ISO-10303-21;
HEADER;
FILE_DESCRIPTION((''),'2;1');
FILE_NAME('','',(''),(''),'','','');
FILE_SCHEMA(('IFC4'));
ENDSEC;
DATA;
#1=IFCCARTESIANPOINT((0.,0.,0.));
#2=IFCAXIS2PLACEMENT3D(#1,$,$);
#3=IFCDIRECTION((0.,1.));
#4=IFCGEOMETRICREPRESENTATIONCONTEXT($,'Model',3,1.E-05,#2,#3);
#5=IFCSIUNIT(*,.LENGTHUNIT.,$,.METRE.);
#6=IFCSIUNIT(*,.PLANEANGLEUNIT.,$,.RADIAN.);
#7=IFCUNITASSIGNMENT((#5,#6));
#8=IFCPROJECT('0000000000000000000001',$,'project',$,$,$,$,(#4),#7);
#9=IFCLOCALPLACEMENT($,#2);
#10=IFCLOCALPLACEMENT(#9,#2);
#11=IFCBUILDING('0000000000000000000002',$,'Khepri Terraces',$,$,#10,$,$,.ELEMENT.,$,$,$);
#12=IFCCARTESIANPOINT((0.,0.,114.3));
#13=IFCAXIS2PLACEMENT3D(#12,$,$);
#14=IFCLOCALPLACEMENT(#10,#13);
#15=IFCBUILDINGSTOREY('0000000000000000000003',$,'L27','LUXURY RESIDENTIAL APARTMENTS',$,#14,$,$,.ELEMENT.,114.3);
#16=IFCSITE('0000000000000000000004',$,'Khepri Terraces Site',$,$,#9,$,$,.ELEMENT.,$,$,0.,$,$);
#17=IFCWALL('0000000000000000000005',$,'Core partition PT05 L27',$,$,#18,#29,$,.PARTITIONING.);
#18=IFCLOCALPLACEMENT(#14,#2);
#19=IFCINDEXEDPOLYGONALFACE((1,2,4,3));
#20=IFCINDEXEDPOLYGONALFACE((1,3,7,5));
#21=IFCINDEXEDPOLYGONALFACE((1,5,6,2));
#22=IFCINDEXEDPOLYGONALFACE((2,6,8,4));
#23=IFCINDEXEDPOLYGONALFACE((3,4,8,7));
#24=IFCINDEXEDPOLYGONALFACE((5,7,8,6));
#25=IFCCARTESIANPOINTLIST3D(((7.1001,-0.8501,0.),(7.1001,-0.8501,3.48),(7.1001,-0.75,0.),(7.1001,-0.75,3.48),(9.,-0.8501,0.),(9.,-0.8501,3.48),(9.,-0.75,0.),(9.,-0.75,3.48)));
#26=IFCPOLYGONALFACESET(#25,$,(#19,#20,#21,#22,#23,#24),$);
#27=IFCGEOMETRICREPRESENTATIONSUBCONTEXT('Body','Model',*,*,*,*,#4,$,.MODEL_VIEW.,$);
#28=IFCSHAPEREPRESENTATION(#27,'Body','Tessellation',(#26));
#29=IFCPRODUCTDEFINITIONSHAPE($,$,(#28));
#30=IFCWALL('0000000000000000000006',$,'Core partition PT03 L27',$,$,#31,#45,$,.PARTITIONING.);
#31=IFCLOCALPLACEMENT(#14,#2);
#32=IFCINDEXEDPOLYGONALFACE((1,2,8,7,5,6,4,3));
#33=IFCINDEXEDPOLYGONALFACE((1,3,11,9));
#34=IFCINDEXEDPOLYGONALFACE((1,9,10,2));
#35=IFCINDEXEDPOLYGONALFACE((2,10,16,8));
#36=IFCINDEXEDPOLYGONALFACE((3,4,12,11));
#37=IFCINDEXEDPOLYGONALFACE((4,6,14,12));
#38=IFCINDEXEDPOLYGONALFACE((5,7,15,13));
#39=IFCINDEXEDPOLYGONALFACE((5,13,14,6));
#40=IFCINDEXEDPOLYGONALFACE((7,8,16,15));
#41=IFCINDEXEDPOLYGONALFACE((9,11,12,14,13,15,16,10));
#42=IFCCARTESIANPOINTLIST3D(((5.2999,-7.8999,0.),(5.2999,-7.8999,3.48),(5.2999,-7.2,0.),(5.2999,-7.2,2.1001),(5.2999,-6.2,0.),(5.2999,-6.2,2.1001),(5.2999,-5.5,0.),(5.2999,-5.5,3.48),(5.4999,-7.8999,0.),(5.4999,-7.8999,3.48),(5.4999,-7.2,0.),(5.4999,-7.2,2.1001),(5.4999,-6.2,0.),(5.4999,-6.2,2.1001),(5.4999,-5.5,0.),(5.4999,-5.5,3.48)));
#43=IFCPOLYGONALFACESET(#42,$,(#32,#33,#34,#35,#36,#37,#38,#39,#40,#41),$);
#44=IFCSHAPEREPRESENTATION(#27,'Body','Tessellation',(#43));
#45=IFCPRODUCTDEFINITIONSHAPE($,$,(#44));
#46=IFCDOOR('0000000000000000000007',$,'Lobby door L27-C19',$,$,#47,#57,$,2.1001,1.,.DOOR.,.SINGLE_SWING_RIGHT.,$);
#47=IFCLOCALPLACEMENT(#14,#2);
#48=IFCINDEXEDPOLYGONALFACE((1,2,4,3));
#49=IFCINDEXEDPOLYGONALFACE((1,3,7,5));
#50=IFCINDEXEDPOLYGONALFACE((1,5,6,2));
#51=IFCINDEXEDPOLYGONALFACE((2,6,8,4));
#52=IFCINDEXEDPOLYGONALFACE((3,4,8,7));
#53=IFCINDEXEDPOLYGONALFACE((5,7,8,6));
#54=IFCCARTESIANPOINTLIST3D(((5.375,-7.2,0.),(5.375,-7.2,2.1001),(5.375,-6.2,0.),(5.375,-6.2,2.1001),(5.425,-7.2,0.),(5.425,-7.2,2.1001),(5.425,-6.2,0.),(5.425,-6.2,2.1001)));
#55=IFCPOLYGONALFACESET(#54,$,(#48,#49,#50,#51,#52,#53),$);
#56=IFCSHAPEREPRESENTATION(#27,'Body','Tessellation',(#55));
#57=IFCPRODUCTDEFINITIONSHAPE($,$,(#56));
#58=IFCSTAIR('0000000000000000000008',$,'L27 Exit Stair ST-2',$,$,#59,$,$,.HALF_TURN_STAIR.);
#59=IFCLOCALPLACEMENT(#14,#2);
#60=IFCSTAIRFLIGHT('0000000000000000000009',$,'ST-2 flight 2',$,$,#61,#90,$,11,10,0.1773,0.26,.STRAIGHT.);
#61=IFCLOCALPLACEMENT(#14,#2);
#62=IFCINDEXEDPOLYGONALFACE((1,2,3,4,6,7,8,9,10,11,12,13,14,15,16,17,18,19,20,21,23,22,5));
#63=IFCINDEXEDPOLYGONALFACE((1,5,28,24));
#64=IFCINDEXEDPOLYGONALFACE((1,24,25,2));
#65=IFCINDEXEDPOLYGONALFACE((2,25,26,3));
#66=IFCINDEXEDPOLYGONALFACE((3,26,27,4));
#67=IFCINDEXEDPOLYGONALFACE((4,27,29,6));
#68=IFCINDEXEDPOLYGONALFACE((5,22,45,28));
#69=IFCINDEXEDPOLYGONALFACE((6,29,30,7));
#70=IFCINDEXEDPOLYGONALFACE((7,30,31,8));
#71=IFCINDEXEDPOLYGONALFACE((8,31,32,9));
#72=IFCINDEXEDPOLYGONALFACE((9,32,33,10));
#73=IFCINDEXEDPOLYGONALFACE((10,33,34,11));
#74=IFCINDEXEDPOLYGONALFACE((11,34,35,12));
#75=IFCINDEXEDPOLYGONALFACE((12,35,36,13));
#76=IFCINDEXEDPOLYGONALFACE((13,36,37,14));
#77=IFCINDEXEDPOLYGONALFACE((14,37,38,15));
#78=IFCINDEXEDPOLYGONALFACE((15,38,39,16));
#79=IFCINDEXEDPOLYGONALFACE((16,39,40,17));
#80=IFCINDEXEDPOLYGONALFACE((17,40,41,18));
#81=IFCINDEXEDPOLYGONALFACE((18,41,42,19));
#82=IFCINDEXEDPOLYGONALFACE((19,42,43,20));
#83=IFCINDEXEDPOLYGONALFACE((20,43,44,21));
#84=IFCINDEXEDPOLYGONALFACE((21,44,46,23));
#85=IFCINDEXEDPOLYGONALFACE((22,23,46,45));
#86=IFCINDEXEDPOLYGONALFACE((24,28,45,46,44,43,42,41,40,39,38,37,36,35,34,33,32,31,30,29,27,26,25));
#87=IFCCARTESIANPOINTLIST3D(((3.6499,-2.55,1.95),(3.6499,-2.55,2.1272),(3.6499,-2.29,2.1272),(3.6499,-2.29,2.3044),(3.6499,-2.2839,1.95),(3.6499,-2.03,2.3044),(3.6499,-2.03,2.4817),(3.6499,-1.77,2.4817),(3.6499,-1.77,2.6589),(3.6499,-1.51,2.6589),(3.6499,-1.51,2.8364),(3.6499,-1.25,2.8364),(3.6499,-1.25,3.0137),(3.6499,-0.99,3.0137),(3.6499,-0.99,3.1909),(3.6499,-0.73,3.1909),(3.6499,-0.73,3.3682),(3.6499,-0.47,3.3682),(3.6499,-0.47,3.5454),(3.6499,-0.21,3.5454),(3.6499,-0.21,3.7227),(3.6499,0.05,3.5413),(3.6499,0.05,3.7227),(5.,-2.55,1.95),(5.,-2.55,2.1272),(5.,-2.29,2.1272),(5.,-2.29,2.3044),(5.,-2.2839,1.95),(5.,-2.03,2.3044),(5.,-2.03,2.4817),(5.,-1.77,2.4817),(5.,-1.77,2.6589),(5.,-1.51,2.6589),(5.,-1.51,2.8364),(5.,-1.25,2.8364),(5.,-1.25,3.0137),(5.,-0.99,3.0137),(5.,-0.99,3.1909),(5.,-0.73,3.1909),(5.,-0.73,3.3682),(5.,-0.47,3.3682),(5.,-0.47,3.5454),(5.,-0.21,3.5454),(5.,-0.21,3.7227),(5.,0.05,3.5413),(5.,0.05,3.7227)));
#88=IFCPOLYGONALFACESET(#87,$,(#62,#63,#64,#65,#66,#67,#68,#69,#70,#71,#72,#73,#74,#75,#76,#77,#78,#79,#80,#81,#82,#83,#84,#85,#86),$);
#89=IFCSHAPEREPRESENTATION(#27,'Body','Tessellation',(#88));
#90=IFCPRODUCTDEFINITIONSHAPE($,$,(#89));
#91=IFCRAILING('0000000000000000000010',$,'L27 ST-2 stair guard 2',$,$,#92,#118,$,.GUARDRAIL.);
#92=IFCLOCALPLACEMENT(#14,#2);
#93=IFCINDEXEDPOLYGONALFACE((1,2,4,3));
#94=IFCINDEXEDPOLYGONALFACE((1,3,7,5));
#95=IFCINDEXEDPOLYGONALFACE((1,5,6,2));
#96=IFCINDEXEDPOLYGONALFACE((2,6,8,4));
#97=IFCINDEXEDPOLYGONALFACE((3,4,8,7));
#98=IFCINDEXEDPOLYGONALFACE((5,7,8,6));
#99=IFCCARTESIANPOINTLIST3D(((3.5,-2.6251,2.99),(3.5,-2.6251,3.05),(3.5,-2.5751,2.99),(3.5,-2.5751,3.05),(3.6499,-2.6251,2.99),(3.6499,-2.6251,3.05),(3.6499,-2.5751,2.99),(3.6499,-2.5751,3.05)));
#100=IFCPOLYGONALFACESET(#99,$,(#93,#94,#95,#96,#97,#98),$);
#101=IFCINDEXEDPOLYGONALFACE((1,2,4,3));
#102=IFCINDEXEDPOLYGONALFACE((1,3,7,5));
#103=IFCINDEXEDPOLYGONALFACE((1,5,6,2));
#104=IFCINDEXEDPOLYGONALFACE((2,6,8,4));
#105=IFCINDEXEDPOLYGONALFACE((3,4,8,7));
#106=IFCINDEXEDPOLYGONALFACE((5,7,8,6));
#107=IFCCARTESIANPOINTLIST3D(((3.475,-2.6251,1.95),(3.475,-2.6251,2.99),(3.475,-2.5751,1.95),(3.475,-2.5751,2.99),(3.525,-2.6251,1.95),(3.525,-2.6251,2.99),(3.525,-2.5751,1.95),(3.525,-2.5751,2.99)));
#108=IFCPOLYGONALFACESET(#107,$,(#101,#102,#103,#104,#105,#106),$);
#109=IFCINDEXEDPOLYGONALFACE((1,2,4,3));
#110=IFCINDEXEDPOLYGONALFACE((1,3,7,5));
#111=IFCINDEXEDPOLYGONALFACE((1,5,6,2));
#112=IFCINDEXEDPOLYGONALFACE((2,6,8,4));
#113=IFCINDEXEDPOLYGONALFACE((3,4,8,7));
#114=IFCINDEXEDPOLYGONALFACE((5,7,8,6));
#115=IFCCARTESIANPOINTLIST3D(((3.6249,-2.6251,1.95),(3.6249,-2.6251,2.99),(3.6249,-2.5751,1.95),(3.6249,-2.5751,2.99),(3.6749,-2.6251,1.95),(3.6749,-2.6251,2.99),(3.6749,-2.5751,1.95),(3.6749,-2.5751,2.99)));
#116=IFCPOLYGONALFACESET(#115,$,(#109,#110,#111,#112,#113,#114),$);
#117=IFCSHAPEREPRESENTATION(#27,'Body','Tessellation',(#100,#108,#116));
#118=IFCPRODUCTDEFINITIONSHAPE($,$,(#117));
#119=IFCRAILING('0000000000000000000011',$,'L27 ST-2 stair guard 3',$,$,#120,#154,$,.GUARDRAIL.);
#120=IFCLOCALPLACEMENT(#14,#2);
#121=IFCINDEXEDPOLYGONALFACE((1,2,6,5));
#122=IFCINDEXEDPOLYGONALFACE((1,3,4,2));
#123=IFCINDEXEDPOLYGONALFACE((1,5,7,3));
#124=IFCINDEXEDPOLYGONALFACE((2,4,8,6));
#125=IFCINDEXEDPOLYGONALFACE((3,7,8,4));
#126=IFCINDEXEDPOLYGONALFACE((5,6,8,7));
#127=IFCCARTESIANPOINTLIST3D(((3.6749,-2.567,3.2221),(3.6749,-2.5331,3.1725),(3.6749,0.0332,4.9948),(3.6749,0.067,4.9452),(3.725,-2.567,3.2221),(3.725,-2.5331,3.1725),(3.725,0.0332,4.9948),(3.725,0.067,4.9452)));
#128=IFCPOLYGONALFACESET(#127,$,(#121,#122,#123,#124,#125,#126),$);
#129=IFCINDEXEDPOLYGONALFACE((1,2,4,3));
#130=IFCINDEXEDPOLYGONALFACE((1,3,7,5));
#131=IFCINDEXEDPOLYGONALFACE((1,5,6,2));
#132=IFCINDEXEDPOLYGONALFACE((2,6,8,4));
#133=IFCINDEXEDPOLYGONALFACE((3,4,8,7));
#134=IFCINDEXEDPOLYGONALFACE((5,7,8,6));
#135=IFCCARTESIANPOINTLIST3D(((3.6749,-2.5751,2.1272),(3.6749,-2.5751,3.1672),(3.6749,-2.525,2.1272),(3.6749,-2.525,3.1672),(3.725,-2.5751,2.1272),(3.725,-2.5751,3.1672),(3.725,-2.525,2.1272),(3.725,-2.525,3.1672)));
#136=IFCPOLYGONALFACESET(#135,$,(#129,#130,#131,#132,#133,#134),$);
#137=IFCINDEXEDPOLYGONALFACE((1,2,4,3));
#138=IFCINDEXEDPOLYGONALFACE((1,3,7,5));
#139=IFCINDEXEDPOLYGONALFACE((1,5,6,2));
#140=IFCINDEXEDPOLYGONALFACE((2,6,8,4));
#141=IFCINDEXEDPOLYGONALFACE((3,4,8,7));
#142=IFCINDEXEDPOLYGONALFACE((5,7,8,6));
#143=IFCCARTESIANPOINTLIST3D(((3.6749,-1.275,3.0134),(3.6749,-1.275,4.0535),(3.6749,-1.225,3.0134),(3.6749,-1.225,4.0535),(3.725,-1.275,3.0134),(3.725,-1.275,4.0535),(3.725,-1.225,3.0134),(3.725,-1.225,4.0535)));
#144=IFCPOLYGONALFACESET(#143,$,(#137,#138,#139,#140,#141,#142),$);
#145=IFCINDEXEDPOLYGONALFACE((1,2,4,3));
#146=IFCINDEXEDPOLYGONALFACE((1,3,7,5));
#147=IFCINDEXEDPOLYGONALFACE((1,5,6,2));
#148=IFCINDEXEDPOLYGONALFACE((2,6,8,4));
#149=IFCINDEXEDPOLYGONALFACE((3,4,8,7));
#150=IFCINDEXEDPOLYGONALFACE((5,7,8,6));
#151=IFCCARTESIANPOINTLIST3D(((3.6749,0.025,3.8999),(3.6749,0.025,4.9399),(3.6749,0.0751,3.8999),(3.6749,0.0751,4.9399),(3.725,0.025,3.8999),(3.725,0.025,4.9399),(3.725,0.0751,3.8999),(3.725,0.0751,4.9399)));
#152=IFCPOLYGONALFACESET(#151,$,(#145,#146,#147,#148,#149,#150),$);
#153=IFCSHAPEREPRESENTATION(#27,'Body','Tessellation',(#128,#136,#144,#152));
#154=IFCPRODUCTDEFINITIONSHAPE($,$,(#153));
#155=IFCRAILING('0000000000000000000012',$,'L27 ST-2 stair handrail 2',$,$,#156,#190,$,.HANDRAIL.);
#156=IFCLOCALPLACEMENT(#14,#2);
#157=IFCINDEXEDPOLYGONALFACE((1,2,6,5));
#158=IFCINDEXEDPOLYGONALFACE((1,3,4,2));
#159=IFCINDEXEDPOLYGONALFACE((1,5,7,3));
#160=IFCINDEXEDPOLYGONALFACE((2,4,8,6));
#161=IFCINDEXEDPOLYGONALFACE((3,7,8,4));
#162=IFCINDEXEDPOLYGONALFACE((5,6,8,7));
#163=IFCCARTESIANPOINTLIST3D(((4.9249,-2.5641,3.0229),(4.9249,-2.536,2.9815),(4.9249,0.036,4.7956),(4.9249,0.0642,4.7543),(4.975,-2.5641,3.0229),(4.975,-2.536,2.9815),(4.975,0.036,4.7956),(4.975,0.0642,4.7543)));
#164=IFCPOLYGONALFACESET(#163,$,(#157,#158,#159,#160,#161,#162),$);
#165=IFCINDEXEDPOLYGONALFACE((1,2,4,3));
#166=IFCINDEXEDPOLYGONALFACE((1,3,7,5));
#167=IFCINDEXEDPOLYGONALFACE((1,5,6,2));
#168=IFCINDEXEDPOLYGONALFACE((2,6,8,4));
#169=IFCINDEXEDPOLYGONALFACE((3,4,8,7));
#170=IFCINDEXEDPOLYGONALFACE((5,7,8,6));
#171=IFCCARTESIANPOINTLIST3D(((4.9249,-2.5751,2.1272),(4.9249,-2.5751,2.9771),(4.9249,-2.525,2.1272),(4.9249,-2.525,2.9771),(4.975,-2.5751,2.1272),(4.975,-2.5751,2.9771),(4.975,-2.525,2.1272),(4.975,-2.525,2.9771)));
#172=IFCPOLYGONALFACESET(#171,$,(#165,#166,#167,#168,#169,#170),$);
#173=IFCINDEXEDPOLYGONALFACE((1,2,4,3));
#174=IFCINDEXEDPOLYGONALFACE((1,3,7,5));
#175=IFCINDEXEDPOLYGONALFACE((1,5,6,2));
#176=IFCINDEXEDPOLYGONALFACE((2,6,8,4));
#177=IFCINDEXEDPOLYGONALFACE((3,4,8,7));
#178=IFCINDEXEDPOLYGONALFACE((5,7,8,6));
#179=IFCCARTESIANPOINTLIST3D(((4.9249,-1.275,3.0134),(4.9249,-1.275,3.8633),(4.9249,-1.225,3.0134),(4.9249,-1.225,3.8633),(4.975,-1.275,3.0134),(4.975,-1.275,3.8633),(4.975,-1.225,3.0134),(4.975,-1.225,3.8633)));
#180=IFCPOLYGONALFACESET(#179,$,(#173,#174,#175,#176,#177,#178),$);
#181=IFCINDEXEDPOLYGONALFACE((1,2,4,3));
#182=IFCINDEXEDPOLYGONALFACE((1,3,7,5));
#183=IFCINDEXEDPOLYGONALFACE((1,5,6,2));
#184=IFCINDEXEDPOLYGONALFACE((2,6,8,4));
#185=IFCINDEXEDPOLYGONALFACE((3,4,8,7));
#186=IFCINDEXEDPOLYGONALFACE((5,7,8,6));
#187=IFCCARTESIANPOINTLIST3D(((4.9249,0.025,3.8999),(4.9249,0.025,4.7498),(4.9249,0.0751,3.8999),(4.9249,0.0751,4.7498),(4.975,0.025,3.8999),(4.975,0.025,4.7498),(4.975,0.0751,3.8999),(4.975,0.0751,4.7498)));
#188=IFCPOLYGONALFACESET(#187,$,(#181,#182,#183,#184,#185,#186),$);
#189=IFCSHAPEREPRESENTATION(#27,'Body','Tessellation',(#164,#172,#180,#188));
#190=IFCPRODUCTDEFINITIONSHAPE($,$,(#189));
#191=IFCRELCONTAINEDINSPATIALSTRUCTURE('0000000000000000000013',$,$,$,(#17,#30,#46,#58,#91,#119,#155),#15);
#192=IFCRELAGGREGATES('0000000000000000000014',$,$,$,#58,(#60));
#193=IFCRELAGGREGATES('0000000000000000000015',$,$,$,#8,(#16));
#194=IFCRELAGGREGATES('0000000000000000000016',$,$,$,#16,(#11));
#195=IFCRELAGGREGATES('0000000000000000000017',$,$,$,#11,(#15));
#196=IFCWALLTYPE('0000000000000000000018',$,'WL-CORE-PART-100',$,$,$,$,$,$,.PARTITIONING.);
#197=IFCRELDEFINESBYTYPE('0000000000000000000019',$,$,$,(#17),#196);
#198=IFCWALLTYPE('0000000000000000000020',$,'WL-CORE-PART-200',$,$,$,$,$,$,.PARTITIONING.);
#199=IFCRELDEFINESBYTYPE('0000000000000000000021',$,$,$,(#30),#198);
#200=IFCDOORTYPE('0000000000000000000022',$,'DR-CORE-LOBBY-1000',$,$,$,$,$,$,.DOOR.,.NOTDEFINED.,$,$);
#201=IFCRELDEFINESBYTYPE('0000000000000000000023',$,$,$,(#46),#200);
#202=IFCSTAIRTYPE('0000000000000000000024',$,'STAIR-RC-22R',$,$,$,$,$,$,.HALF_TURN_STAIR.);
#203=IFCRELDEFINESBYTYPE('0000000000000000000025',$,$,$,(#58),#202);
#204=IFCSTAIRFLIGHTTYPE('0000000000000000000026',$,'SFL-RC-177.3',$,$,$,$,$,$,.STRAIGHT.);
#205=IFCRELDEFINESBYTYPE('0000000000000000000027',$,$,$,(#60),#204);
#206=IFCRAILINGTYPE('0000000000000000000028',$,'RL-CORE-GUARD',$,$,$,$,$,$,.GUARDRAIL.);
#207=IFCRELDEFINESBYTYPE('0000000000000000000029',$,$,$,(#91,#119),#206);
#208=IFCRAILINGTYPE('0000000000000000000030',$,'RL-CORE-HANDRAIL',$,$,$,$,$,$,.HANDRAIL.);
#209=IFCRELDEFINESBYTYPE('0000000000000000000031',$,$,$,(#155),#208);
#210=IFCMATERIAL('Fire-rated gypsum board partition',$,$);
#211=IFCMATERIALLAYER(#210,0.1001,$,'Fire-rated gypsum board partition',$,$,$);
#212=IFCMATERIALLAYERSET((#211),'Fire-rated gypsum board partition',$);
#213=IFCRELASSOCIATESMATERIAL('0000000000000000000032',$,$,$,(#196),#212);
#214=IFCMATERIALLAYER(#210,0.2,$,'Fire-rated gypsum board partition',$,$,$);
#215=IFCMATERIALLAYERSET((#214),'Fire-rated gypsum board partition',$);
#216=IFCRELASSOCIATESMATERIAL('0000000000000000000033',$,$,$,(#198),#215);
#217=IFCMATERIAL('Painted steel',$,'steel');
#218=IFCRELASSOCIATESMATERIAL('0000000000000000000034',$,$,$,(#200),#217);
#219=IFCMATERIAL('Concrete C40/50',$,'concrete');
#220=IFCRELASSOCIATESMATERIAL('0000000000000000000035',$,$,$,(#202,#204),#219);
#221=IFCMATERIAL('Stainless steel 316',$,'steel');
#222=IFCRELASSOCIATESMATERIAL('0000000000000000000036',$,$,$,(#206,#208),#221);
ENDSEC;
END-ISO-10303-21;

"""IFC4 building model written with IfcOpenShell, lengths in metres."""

from ifc_helpers import new_model, si_unit, direction, frame, frame_2d, origin, origin_2d, place, context, subcontext, project, spatial, polyline, rectangle, outline, extrude, material, layer, layer_set, type_object, element, fill, aggregate, save


model = new_model("IFC4")

# Units and contexts
model_context = context("Model", 3, precision=1e-05, world=origin(), true_north=direction((0.0, 1.0)))
body_context = subcontext(model_context, "Body", "Model", "MODEL_VIEW")
ifc_project = project(units=[si_unit("LENGTHUNIT", "METRE"), si_unit("PLANEANGLEUNIT", "RADIAN")], contexts=[model_context])

# Site, building, storey
site_placement = place(None, origin())
site = spatial("IfcSite", under=ifc_project, at=site_placement, Name="Khepri Terraces Site", CompositionType="ELEMENT", RefElevation=0.0)
building_placement = place(site_placement, origin())
building = spatial("IfcBuilding", under=site, at=building_placement, Name="Khepri Terraces", CompositionType="ELEMENT")
storey_placement = place(building_placement, frame((0.0, 0.0, 114.3)))
storey = spatial("IfcBuildingStorey", under=building, at=storey_placement, Name="L27", Description="LUXURY RESIDENTIAL APARTMENTS", CompositionType="ELEMENT", Elevation=114.3)

# Shared definitions
ifc_material_1 = material(Name="Painted steel", Category="steel")

# Wall
ifc_material_2 = material(Name="Fire-rated gypsum board partition")
ifc_layer_1 = layer(ifc_material_2, 0.1001, Name="Fire-rated gypsum board partition")
ifc_layer_set_1 = layer_set([ifc_layer_1], Name="Fire-rated gypsum board partition")
wall_type_1 = type_object("IfcWallType", Name="WL-CORE-PART-100", PredefinedType="PARTITIONING", material=ifc_layer_set_1)
for number, where, z_axis, x_axis, name in (
    (1, (7.1001, -0.8, 0.0), (0.0, 0.0, 1.0), (1.0, 0.0, 0.0), "Core partition PT05 L27"),
):
    element("IfcWall", number, at=place(storey_placement, frame(where, z_axis=z_axis, x_axis=x_axis)), inside=storey, type_object=wall_type_1, Name=name, PredefinedType="PARTITIONING", context=body_context, shape_type="SweptSolid", body=[
        extrude(rectangle(XDim=1.8999, YDim=0.1001, at=frame_2d((0.95, 0.0))), origin(), (0.0, 0.0, 1.0), 3.48),
    ])

# Wall, opening, door
ifc_layer_2 = layer(ifc_material_2, 0.2, Name="Fire-rated gypsum board partition")
ifc_layer_set_2 = layer_set([ifc_layer_2], Name="Fire-rated gypsum board partition")
wall_type_2 = type_object("IfcWallType", Name="WL-CORE-PART-200", PredefinedType="PARTITIONING", material=ifc_layer_set_2)
wall_1_placement = place(storey_placement, frame((5.3999, -7.8999, 0.0), z_axis=(0.0, 0.0, 1.0), x_axis=(0.0, 1.0, 0.0)))
wall_1 = element("IfcWall", 2, at=wall_1_placement, inside=storey, type_object=wall_type_2, Name="Core partition PT03 L27", PredefinedType="PARTITIONING", context=body_context, shape_type="SweptSolid", body=[
    extrude(rectangle(XDim=2.3999, YDim=0.2, at=frame_2d((1.2, 0.0))), origin(), (0.0, 0.0, 1.0), 3.48),
])
opening_1_placement = place(wall_1_placement, frame((0.7, 0.0, 0.0)))
opening_1 = element("IfcOpeningElement", 3, at=opening_1_placement, cuts=wall_1, PredefinedType="OPENING", context=body_context, shape_type="SweptSolid", body=[
    extrude(rectangle(XDim=1.0, YDim=2.1001, at=frame_2d((0.5, 1.05))), frame((0.0, 0.1099, 0.0), z_axis=(0.0, -1.0, 0.0), x_axis=(1.0, 0.0, 0.0)), (0.0, 0.0, 1.0), 0.22),
])
door_type_1 = type_object("IfcDoorType", Name="DR-CORE-LOBBY-1000", OperationType="NOTDEFINED", PredefinedType="DOOR", material=ifc_material_1)
door_1_placement = place(opening_1_placement, origin())
door_1 = element("IfcDoor", 4, at=door_1_placement, inside=storey, type_object=door_type_1, Name="Lobby door L27-C19", OperationType="SINGLE_SWING_RIGHT", OverallHeight=2.1001, OverallWidth=1.0, PredefinedType="DOOR", context=body_context, shape_type="SweptSolid", body=[
    extrude(rectangle(XDim=1.0, YDim=2.1001, at=frame_2d((0.5, 1.05))), frame((0.0, 0.0249, 0.0), z_axis=(0.0, -1.0, 0.0), x_axis=(1.0, 0.0, 0.0)), (0.0, 0.0, 1.0), 0.05),
])
fill(opening_1, door_1)

# Stair, stair flight
ifc_material_3 = material(Name="Concrete C40/50", Category="concrete")
stair_type = type_object("IfcStairType", Name="STAIR-RC-22R", PredefinedType="HALF_TURN_STAIR", material=ifc_material_3)
stair_placement = place(storey_placement, origin())
stair = element("IfcStair", 5, at=stair_placement, inside=storey, type_object=stair_type, Name="L27 Exit Stair ST-2", PredefinedType="HALF_TURN_STAIR")
stair_flight_type = type_object("IfcStairFlightType", Name="SFL-RC-177.3", PredefinedType="STRAIGHT", material=ifc_material_3)
stair_flight_placement = place(storey_placement, frame((4.325, -2.55, 1.95), z_axis=(0.0, 0.0, 1.0), x_axis=(0.0, 1.0, 0.0)))
stair_flight = element("IfcStairFlight", 6, at=stair_flight_placement, type_object=stair_flight_type, Name="ST-2 flight 2", NumberOfRisers=11, NumberOfTreads=10, PredefinedType="STRAIGHT", RiserHeight=0.1773, TreadLength=0.26, context=body_context, shape_type="SweptSolid", body=[
    extrude(outline(polyline([(0.0, 0.0), (0.0, 0.1772), (0.26, 0.1772), (0.26, 0.3545), (0.52, 0.3545), (0.52, 0.5317), (0.78, 0.5317), (0.78, 0.709), (1.04, 0.709), (1.04, 0.8865), (1.3, 0.8865), (1.3, 1.0637), (1.5601, 1.0637), (1.5601, 1.241), (1.8201, 1.241), (1.8201, 1.4182), (2.0801, 1.4182), (2.0801, 1.5955), (2.3401, 1.5955), (2.3401, 1.7727), (2.6001, 1.7727), (2.6001, 1.95), (2.6001, 1.5913), (0.2661, 0.0), (0.0, 0.0)])), frame((0.0, 0.675, 0.0), z_axis=(0.0, -1.0, 0.0), x_axis=(1.0, 0.0, 0.0)), (0.0, 0.0, 1.0), 1.3501),
])
aggregate(stair, [stair_flight])

# Railings
ifc_material_4 = material(Name="Stainless steel 316", Category="steel")
railing_type_1 = type_object("IfcRailingType", Name="RL-CORE-GUARD", PredefinedType="GUARDRAIL", material=ifc_material_4)
railing_1_placement = place(storey_placement, frame((3.5, -2.6001, 1.95)))
element("IfcRailing", 7, at=railing_1_placement, inside=storey, type_object=railing_type_1, Name="L27 ST-2 stair guard 2", PredefinedType="GUARDRAIL", context=body_context, shape_type="SweptSolid", body=[
    extrude(rectangle(XDim=0.05, YDim=0.0601, at=origin_2d()), frame((0.0, 0.0, 1.0701), z_axis=(1.0, 0.0, 0.0), x_axis=(0.0, 1.0, 0.0)), (0.0, 0.0, 1.0), 0.1499),
    extrude(rectangle(XDim=0.05, YDim=0.05, at=origin_2d()), origin(), (0.0, 0.0, 1.0), 1.04),
    extrude(rectangle(XDim=0.05, YDim=0.05, at=origin_2d()), frame((0.1499, 0.0, 0.0)), (0.0, 0.0, 1.0), 1.04),
])
railing_2_placement = place(storey_placement, frame((3.7, -2.55, 2.1272)))
element("IfcRailing", 8, at=railing_2_placement, inside=storey, type_object=railing_type_1, Name="L27 ST-2 stair guard 3", PredefinedType="GUARDRAIL", context=body_context, shape_type="SweptSolid", body=[
    extrude(rectangle(XDim=0.05, YDim=0.0601, at=origin_2d()), frame((0.0, 0.0, 1.0701), z_axis=(0.0, 0.82624, 0.563318), x_axis=(-1.0, 0.0, 0.0)), (0.0, 0.0, 1.0), 3.147),
    extrude(rectangle(XDim=0.05, YDim=0.05, at=origin_2d()), origin(), (0.0, 0.0, 1.0), 1.04),
    extrude(rectangle(XDim=0.05, YDim=0.05, at=origin_2d()), frame((0.0, 1.3, 0.8862)), (0.0, 0.0, 1.0), 1.04),
    extrude(rectangle(XDim=0.05, YDim=0.05, at=origin_2d()), frame((0.0, 2.6001, 1.7727)), (0.0, 0.0, 1.0), 1.04),
])
railing_type_2 = type_object("IfcRailingType", Name="RL-CORE-HANDRAIL", PredefinedType="HANDRAIL", material=ifc_material_4)
railing_3_placement = place(storey_placement, frame((4.95, -2.55, 2.1272)))
element("IfcRailing", 9, at=railing_3_placement, inside=storey, type_object=railing_type_2, Name="L27 ST-2 stair handrail 2", PredefinedType="HANDRAIL", context=body_context, shape_type="SweptSolid", body=[
    extrude(rectangle(XDim=0.05, YDim=0.05, at=origin_2d()), frame((0.0, 0.0, 0.875), z_axis=(0.0, 0.82624, 0.563318), x_axis=(-1.0, 0.0, 0.0)), (0.0, 0.0, 1.0), 3.147),
    extrude(rectangle(XDim=0.05, YDim=0.05, at=origin_2d()), origin(), (0.0, 0.0, 1.0), 0.8499),
    extrude(rectangle(XDim=0.05, YDim=0.05, at=origin_2d()), frame((0.0, 1.3, 0.8862)), (0.0, 0.0, 1.0), 0.8499),
    extrude(rectangle(XDim=0.05, YDim=0.05, at=origin_2d()), frame((0.0, 2.6001, 1.7727)), (0.0, 0.0, 1.0), 0.8499),
])

save(model, "model.ifc")
